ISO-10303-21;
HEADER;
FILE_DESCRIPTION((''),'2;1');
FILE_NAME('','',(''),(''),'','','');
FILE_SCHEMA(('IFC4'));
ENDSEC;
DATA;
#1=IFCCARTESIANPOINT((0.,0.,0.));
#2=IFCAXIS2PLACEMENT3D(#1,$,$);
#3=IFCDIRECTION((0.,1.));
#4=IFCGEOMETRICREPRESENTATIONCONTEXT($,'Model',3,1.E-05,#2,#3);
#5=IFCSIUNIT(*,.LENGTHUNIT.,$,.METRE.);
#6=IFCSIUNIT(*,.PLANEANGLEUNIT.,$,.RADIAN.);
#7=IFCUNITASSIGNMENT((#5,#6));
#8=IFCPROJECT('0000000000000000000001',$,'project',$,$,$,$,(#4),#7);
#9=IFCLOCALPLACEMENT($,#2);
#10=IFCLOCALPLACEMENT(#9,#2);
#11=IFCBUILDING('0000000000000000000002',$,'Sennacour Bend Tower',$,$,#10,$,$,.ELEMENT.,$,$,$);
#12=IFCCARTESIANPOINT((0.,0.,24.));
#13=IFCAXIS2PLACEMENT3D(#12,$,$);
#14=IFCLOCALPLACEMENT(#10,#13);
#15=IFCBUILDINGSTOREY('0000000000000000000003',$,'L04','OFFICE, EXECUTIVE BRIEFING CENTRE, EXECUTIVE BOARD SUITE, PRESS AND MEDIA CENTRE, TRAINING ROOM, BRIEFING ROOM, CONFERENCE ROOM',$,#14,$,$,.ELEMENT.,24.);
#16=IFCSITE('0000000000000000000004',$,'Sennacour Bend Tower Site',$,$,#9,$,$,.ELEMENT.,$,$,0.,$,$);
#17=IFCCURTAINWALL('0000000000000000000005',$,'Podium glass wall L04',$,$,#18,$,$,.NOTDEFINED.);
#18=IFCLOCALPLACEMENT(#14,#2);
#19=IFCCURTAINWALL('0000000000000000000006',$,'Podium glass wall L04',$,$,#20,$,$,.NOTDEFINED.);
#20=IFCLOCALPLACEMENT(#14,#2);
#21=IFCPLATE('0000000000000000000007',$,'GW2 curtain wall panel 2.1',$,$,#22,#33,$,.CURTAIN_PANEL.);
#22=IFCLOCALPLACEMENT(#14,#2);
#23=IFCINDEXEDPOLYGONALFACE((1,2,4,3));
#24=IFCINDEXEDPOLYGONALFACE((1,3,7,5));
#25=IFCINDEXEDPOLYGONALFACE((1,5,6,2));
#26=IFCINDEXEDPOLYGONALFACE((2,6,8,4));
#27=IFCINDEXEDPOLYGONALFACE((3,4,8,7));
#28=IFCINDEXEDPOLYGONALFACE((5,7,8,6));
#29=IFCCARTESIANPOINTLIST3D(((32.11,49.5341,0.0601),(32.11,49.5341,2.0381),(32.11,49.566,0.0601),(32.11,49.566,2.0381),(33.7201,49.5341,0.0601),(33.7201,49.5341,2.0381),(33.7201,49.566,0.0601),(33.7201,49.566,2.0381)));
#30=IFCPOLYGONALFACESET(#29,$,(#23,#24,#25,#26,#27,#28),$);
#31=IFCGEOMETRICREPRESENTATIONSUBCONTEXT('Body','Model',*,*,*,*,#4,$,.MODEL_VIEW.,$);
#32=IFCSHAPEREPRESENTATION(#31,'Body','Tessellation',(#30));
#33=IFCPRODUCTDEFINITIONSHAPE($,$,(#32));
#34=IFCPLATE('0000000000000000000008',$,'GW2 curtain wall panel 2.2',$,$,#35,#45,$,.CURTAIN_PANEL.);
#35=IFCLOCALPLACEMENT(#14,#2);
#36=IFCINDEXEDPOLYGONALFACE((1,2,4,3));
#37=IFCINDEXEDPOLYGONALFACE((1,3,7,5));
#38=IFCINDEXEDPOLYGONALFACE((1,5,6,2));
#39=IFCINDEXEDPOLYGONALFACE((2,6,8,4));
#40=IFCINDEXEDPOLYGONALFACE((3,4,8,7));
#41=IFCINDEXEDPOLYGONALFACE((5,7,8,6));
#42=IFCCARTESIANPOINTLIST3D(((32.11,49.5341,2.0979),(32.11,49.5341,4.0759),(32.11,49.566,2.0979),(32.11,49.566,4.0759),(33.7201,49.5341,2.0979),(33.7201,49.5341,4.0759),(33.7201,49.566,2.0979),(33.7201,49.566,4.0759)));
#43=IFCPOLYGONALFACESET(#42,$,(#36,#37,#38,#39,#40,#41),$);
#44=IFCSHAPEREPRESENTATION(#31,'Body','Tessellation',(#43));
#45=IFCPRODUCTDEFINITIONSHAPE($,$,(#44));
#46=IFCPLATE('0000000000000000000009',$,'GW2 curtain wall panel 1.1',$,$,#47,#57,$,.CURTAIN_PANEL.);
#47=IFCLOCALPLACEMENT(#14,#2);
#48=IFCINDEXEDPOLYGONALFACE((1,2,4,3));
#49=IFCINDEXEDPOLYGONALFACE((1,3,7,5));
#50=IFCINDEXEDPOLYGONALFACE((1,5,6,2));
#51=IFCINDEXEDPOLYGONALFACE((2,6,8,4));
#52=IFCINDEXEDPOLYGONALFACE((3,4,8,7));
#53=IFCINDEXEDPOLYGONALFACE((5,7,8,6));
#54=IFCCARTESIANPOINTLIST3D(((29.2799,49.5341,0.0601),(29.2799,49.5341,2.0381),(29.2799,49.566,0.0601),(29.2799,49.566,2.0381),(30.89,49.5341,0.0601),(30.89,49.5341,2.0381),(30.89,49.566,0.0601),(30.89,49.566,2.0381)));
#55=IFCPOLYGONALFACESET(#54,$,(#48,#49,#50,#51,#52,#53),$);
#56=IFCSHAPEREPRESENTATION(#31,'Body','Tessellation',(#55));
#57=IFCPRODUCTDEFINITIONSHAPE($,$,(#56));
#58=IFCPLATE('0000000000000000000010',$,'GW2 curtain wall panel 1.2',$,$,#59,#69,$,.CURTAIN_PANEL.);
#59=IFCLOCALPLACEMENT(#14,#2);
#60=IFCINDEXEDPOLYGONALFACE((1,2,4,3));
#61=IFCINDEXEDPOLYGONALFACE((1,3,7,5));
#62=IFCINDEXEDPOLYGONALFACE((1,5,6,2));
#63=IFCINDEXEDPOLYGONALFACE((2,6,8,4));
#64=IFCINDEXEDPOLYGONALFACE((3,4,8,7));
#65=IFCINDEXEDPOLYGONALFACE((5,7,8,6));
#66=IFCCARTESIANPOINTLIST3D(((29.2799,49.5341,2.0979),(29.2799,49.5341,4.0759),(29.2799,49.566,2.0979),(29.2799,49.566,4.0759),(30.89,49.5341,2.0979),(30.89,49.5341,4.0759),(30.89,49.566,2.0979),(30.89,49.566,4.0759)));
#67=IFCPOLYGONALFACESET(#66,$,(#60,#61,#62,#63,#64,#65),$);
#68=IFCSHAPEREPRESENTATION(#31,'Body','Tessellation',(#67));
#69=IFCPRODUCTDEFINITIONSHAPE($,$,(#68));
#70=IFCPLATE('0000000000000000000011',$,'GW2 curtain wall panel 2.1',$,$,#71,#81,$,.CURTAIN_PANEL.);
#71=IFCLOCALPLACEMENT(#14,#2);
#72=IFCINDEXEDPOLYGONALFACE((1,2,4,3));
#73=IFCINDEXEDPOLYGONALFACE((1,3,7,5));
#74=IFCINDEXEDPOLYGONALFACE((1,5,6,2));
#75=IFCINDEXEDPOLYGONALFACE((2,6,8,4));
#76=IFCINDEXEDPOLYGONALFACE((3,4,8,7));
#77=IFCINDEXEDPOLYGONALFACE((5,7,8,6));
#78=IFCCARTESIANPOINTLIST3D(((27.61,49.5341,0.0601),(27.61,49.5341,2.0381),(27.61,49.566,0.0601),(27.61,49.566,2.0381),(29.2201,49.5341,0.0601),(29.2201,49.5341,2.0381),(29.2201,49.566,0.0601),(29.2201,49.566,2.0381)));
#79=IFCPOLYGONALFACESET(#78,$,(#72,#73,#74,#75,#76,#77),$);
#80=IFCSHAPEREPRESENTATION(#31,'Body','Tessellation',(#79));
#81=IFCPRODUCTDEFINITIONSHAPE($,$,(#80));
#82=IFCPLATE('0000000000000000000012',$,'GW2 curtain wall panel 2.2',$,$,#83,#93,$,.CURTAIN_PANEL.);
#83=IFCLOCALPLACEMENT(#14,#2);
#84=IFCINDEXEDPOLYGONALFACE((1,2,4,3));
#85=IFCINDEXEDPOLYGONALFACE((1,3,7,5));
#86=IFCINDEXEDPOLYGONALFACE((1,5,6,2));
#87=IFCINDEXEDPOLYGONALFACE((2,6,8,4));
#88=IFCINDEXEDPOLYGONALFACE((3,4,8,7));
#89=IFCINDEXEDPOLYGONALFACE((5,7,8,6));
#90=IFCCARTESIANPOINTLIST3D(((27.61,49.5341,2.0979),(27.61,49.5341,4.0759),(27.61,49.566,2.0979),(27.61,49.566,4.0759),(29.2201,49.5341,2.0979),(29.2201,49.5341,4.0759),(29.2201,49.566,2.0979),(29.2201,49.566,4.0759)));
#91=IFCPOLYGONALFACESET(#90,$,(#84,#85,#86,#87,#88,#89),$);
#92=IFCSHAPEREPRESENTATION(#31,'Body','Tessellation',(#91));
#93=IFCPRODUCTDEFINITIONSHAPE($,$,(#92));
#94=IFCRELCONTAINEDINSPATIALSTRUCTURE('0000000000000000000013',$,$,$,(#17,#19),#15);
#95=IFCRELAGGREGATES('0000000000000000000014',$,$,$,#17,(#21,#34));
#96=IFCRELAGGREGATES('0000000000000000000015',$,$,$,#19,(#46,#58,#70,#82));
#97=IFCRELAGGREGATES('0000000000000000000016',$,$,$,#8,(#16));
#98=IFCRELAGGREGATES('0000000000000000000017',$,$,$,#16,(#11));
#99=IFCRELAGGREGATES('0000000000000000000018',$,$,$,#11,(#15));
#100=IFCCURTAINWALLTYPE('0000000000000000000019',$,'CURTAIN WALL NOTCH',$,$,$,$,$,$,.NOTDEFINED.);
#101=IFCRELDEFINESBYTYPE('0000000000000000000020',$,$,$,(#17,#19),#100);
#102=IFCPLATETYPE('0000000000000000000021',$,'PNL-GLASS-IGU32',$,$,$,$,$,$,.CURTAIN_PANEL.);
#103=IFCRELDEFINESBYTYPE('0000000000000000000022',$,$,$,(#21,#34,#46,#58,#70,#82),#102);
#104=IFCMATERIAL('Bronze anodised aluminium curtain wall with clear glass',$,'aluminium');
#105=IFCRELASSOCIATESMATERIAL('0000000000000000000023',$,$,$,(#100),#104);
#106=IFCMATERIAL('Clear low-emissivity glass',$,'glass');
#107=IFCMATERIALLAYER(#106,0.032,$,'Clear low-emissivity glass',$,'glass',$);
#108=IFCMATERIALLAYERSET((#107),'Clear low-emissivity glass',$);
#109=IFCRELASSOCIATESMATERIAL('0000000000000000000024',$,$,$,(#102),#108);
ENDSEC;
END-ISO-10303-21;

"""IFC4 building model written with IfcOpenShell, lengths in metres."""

from ifc_helpers import new_model, si_unit, direction, frame, origin, origin_2d, place, context, subcontext, project, spatial, rectangle, extrude, material, layer, layer_set, type_object, element, aggregate, save


model = new_model("IFC4")

# Units and contexts
model_context = context("Model", 3, precision=1e-05, world=origin(), true_north=direction((0.0, 1.0)))
body_context = subcontext(model_context, "Body", "Model", "MODEL_VIEW")
ifc_project = project(units=[si_unit("LENGTHUNIT", "METRE"), si_unit("PLANEANGLEUNIT", "RADIAN")], contexts=[model_context])

# Site, building, storey
site_placement = place(None, origin())
site = spatial("IfcSite", under=ifc_project, at=site_placement, Name="Sennacour Bend Tower Site", CompositionType="ELEMENT", RefElevation=0.0)
building_placement = place(site_placement, origin())
building = spatial("IfcBuilding", under=site, at=building_placement, Name="Sennacour Bend Tower", CompositionType="ELEMENT")
storey_placement = place(building_placement, frame((0.0, 0.0, 24.0)))
storey = spatial("IfcBuildingStorey", under=building, at=storey_placement, Name="L04", Description="OFFICE, EXECUTIVE BRIEFING CENTRE, EXECUTIVE BOARD SUITE, PRESS AND MEDIA CENTRE, TRAINING ROOM, BRIEFING ROOM, CONFERENCE ROOM", CompositionType="ELEMENT", Elevation=24.0)

# Curtain wall
ifc_material_1 = material(Name="Bronze anodised aluminium curtain wall with clear glass", Category="aluminium")
curtain_wall_type = type_object("IfcCurtainWallType", Name="CURTAIN WALL NOTCH", PredefinedType="NOTDEFINED", material=ifc_material_1)
curtain_wall_1_placement = place(storey_placement, origin())
curtain_wall_1 = element("IfcCurtainWall", 1, at=curtain_wall_1_placement, inside=storey, type_object=curtain_wall_type, Name="Podium glass wall L04", PredefinedType="NOTDEFINED")

# Curtain wall
curtain_wall_2_placement = place(storey_placement, origin())
curtain_wall_2 = element("IfcCurtainWall", 2, at=curtain_wall_2_placement, inside=storey, type_object=curtain_wall_type, Name="Podium glass wall L04", PredefinedType="NOTDEFINED")

# Plates
ifc_material_2 = material(Name="Clear low-emissivity glass", Category="glass")
ifc_layer = layer(ifc_material_2, 0.032, Name="Clear low-emissivity glass", Category="glass")
ifc_layer_set = layer_set([ifc_layer], Name="Clear low-emissivity glass")
plate_type = type_object("IfcPlateType", Name="PNL-GLASS-IGU32", PredefinedType="CURTAIN_PANEL", material=ifc_layer_set)
plate_1_placement = place(storey_placement, frame((32.915, 49.55, 0.0601), z_axis=(0.0, 0.0, 1.0), x_axis=(-1.0, 0.0, 0.0)))
plate_1 = element("IfcPlate", 3, at=plate_1_placement, type_object=plate_type, Name="GW2 curtain wall panel 2.1", PredefinedType="CURTAIN_PANEL", context=body_context, shape_type="SweptSolid", body=[
    extrude(rectangle(XDim=1.6101, YDim=0.032, at=origin_2d()), origin(), (0.0, 0.0, 1.0), 1.978),
])
plate_2_placement = place(storey_placement, frame((32.915, 49.55, 2.0979), z_axis=(0.0, 0.0, 1.0), x_axis=(-1.0, 0.0, 0.0)))
plate_2 = element("IfcPlate", 4, at=plate_2_placement, type_object=plate_type, Name="GW2 curtain wall panel 2.2", PredefinedType="CURTAIN_PANEL", context=body_context, shape_type="SweptSolid", body=[
    extrude(rectangle(XDim=1.6101, YDim=0.032, at=origin_2d()), origin(), (0.0, 0.0, 1.0), 1.978),
])
aggregate(curtain_wall_1, [plate_1, plate_2])
plate_3_placement = place(storey_placement, frame((30.085, 49.55, 0.0601), z_axis=(0.0, 0.0, 1.0), x_axis=(-1.0, 0.0, 0.0)))
plate_3 = element("IfcPlate", 5, at=plate_3_placement, type_object=plate_type, Name="GW2 curtain wall panel 1.1", PredefinedType="CURTAIN_PANEL", context=body_context, shape_type="SweptSolid", body=[
    extrude(rectangle(XDim=1.6101, YDim=0.032, at=origin_2d()), origin(), (0.0, 0.0, 1.0), 1.978),
])
plate_4_placement = place(storey_placement, frame((30.085, 49.55, 2.0979), z_axis=(0.0, 0.0, 1.0), x_axis=(-1.0, 0.0, 0.0)))
plate_4 = element("IfcPlate", 6, at=plate_4_placement, type_object=plate_type, Name="GW2 curtain wall panel 1.2", PredefinedType="CURTAIN_PANEL", context=body_context, shape_type="SweptSolid", body=[
    extrude(rectangle(XDim=1.6101, YDim=0.032, at=origin_2d()), origin(), (0.0, 0.0, 1.0), 1.978),
])
plate_5_placement = place(storey_placement, frame((28.415, 49.55, 0.0601), z_axis=(0.0, 0.0, 1.0), x_axis=(-1.0, 0.0, 0.0)))
plate_5 = element("IfcPlate", 7, at=plate_5_placement, type_object=plate_type, Name="GW2 curtain wall panel 2.1", PredefinedType="CURTAIN_PANEL", context=body_context, shape_type="SweptSolid", body=[
    extrude(rectangle(XDim=1.6101, YDim=0.032, at=origin_2d()), origin(), (0.0, 0.0, 1.0), 1.978),
])
plate_6_placement = place(storey_placement, frame((28.415, 49.55, 2.0979), z_axis=(0.0, 0.0, 1.0), x_axis=(-1.0, 0.0, 0.0)))
plate_6 = element("IfcPlate", 8, at=plate_6_placement, type_object=plate_type, Name="GW2 curtain wall panel 2.2", PredefinedType="CURTAIN_PANEL", context=body_context, shape_type="SweptSolid", body=[
    extrude(rectangle(XDim=1.6101, YDim=0.032, at=origin_2d()), origin(), (0.0, 0.0, 1.0), 1.978),
])
aggregate(curtain_wall_2, [plate_3, plate_4, plate_5, plate_6])

save(model, "model.ifc")
